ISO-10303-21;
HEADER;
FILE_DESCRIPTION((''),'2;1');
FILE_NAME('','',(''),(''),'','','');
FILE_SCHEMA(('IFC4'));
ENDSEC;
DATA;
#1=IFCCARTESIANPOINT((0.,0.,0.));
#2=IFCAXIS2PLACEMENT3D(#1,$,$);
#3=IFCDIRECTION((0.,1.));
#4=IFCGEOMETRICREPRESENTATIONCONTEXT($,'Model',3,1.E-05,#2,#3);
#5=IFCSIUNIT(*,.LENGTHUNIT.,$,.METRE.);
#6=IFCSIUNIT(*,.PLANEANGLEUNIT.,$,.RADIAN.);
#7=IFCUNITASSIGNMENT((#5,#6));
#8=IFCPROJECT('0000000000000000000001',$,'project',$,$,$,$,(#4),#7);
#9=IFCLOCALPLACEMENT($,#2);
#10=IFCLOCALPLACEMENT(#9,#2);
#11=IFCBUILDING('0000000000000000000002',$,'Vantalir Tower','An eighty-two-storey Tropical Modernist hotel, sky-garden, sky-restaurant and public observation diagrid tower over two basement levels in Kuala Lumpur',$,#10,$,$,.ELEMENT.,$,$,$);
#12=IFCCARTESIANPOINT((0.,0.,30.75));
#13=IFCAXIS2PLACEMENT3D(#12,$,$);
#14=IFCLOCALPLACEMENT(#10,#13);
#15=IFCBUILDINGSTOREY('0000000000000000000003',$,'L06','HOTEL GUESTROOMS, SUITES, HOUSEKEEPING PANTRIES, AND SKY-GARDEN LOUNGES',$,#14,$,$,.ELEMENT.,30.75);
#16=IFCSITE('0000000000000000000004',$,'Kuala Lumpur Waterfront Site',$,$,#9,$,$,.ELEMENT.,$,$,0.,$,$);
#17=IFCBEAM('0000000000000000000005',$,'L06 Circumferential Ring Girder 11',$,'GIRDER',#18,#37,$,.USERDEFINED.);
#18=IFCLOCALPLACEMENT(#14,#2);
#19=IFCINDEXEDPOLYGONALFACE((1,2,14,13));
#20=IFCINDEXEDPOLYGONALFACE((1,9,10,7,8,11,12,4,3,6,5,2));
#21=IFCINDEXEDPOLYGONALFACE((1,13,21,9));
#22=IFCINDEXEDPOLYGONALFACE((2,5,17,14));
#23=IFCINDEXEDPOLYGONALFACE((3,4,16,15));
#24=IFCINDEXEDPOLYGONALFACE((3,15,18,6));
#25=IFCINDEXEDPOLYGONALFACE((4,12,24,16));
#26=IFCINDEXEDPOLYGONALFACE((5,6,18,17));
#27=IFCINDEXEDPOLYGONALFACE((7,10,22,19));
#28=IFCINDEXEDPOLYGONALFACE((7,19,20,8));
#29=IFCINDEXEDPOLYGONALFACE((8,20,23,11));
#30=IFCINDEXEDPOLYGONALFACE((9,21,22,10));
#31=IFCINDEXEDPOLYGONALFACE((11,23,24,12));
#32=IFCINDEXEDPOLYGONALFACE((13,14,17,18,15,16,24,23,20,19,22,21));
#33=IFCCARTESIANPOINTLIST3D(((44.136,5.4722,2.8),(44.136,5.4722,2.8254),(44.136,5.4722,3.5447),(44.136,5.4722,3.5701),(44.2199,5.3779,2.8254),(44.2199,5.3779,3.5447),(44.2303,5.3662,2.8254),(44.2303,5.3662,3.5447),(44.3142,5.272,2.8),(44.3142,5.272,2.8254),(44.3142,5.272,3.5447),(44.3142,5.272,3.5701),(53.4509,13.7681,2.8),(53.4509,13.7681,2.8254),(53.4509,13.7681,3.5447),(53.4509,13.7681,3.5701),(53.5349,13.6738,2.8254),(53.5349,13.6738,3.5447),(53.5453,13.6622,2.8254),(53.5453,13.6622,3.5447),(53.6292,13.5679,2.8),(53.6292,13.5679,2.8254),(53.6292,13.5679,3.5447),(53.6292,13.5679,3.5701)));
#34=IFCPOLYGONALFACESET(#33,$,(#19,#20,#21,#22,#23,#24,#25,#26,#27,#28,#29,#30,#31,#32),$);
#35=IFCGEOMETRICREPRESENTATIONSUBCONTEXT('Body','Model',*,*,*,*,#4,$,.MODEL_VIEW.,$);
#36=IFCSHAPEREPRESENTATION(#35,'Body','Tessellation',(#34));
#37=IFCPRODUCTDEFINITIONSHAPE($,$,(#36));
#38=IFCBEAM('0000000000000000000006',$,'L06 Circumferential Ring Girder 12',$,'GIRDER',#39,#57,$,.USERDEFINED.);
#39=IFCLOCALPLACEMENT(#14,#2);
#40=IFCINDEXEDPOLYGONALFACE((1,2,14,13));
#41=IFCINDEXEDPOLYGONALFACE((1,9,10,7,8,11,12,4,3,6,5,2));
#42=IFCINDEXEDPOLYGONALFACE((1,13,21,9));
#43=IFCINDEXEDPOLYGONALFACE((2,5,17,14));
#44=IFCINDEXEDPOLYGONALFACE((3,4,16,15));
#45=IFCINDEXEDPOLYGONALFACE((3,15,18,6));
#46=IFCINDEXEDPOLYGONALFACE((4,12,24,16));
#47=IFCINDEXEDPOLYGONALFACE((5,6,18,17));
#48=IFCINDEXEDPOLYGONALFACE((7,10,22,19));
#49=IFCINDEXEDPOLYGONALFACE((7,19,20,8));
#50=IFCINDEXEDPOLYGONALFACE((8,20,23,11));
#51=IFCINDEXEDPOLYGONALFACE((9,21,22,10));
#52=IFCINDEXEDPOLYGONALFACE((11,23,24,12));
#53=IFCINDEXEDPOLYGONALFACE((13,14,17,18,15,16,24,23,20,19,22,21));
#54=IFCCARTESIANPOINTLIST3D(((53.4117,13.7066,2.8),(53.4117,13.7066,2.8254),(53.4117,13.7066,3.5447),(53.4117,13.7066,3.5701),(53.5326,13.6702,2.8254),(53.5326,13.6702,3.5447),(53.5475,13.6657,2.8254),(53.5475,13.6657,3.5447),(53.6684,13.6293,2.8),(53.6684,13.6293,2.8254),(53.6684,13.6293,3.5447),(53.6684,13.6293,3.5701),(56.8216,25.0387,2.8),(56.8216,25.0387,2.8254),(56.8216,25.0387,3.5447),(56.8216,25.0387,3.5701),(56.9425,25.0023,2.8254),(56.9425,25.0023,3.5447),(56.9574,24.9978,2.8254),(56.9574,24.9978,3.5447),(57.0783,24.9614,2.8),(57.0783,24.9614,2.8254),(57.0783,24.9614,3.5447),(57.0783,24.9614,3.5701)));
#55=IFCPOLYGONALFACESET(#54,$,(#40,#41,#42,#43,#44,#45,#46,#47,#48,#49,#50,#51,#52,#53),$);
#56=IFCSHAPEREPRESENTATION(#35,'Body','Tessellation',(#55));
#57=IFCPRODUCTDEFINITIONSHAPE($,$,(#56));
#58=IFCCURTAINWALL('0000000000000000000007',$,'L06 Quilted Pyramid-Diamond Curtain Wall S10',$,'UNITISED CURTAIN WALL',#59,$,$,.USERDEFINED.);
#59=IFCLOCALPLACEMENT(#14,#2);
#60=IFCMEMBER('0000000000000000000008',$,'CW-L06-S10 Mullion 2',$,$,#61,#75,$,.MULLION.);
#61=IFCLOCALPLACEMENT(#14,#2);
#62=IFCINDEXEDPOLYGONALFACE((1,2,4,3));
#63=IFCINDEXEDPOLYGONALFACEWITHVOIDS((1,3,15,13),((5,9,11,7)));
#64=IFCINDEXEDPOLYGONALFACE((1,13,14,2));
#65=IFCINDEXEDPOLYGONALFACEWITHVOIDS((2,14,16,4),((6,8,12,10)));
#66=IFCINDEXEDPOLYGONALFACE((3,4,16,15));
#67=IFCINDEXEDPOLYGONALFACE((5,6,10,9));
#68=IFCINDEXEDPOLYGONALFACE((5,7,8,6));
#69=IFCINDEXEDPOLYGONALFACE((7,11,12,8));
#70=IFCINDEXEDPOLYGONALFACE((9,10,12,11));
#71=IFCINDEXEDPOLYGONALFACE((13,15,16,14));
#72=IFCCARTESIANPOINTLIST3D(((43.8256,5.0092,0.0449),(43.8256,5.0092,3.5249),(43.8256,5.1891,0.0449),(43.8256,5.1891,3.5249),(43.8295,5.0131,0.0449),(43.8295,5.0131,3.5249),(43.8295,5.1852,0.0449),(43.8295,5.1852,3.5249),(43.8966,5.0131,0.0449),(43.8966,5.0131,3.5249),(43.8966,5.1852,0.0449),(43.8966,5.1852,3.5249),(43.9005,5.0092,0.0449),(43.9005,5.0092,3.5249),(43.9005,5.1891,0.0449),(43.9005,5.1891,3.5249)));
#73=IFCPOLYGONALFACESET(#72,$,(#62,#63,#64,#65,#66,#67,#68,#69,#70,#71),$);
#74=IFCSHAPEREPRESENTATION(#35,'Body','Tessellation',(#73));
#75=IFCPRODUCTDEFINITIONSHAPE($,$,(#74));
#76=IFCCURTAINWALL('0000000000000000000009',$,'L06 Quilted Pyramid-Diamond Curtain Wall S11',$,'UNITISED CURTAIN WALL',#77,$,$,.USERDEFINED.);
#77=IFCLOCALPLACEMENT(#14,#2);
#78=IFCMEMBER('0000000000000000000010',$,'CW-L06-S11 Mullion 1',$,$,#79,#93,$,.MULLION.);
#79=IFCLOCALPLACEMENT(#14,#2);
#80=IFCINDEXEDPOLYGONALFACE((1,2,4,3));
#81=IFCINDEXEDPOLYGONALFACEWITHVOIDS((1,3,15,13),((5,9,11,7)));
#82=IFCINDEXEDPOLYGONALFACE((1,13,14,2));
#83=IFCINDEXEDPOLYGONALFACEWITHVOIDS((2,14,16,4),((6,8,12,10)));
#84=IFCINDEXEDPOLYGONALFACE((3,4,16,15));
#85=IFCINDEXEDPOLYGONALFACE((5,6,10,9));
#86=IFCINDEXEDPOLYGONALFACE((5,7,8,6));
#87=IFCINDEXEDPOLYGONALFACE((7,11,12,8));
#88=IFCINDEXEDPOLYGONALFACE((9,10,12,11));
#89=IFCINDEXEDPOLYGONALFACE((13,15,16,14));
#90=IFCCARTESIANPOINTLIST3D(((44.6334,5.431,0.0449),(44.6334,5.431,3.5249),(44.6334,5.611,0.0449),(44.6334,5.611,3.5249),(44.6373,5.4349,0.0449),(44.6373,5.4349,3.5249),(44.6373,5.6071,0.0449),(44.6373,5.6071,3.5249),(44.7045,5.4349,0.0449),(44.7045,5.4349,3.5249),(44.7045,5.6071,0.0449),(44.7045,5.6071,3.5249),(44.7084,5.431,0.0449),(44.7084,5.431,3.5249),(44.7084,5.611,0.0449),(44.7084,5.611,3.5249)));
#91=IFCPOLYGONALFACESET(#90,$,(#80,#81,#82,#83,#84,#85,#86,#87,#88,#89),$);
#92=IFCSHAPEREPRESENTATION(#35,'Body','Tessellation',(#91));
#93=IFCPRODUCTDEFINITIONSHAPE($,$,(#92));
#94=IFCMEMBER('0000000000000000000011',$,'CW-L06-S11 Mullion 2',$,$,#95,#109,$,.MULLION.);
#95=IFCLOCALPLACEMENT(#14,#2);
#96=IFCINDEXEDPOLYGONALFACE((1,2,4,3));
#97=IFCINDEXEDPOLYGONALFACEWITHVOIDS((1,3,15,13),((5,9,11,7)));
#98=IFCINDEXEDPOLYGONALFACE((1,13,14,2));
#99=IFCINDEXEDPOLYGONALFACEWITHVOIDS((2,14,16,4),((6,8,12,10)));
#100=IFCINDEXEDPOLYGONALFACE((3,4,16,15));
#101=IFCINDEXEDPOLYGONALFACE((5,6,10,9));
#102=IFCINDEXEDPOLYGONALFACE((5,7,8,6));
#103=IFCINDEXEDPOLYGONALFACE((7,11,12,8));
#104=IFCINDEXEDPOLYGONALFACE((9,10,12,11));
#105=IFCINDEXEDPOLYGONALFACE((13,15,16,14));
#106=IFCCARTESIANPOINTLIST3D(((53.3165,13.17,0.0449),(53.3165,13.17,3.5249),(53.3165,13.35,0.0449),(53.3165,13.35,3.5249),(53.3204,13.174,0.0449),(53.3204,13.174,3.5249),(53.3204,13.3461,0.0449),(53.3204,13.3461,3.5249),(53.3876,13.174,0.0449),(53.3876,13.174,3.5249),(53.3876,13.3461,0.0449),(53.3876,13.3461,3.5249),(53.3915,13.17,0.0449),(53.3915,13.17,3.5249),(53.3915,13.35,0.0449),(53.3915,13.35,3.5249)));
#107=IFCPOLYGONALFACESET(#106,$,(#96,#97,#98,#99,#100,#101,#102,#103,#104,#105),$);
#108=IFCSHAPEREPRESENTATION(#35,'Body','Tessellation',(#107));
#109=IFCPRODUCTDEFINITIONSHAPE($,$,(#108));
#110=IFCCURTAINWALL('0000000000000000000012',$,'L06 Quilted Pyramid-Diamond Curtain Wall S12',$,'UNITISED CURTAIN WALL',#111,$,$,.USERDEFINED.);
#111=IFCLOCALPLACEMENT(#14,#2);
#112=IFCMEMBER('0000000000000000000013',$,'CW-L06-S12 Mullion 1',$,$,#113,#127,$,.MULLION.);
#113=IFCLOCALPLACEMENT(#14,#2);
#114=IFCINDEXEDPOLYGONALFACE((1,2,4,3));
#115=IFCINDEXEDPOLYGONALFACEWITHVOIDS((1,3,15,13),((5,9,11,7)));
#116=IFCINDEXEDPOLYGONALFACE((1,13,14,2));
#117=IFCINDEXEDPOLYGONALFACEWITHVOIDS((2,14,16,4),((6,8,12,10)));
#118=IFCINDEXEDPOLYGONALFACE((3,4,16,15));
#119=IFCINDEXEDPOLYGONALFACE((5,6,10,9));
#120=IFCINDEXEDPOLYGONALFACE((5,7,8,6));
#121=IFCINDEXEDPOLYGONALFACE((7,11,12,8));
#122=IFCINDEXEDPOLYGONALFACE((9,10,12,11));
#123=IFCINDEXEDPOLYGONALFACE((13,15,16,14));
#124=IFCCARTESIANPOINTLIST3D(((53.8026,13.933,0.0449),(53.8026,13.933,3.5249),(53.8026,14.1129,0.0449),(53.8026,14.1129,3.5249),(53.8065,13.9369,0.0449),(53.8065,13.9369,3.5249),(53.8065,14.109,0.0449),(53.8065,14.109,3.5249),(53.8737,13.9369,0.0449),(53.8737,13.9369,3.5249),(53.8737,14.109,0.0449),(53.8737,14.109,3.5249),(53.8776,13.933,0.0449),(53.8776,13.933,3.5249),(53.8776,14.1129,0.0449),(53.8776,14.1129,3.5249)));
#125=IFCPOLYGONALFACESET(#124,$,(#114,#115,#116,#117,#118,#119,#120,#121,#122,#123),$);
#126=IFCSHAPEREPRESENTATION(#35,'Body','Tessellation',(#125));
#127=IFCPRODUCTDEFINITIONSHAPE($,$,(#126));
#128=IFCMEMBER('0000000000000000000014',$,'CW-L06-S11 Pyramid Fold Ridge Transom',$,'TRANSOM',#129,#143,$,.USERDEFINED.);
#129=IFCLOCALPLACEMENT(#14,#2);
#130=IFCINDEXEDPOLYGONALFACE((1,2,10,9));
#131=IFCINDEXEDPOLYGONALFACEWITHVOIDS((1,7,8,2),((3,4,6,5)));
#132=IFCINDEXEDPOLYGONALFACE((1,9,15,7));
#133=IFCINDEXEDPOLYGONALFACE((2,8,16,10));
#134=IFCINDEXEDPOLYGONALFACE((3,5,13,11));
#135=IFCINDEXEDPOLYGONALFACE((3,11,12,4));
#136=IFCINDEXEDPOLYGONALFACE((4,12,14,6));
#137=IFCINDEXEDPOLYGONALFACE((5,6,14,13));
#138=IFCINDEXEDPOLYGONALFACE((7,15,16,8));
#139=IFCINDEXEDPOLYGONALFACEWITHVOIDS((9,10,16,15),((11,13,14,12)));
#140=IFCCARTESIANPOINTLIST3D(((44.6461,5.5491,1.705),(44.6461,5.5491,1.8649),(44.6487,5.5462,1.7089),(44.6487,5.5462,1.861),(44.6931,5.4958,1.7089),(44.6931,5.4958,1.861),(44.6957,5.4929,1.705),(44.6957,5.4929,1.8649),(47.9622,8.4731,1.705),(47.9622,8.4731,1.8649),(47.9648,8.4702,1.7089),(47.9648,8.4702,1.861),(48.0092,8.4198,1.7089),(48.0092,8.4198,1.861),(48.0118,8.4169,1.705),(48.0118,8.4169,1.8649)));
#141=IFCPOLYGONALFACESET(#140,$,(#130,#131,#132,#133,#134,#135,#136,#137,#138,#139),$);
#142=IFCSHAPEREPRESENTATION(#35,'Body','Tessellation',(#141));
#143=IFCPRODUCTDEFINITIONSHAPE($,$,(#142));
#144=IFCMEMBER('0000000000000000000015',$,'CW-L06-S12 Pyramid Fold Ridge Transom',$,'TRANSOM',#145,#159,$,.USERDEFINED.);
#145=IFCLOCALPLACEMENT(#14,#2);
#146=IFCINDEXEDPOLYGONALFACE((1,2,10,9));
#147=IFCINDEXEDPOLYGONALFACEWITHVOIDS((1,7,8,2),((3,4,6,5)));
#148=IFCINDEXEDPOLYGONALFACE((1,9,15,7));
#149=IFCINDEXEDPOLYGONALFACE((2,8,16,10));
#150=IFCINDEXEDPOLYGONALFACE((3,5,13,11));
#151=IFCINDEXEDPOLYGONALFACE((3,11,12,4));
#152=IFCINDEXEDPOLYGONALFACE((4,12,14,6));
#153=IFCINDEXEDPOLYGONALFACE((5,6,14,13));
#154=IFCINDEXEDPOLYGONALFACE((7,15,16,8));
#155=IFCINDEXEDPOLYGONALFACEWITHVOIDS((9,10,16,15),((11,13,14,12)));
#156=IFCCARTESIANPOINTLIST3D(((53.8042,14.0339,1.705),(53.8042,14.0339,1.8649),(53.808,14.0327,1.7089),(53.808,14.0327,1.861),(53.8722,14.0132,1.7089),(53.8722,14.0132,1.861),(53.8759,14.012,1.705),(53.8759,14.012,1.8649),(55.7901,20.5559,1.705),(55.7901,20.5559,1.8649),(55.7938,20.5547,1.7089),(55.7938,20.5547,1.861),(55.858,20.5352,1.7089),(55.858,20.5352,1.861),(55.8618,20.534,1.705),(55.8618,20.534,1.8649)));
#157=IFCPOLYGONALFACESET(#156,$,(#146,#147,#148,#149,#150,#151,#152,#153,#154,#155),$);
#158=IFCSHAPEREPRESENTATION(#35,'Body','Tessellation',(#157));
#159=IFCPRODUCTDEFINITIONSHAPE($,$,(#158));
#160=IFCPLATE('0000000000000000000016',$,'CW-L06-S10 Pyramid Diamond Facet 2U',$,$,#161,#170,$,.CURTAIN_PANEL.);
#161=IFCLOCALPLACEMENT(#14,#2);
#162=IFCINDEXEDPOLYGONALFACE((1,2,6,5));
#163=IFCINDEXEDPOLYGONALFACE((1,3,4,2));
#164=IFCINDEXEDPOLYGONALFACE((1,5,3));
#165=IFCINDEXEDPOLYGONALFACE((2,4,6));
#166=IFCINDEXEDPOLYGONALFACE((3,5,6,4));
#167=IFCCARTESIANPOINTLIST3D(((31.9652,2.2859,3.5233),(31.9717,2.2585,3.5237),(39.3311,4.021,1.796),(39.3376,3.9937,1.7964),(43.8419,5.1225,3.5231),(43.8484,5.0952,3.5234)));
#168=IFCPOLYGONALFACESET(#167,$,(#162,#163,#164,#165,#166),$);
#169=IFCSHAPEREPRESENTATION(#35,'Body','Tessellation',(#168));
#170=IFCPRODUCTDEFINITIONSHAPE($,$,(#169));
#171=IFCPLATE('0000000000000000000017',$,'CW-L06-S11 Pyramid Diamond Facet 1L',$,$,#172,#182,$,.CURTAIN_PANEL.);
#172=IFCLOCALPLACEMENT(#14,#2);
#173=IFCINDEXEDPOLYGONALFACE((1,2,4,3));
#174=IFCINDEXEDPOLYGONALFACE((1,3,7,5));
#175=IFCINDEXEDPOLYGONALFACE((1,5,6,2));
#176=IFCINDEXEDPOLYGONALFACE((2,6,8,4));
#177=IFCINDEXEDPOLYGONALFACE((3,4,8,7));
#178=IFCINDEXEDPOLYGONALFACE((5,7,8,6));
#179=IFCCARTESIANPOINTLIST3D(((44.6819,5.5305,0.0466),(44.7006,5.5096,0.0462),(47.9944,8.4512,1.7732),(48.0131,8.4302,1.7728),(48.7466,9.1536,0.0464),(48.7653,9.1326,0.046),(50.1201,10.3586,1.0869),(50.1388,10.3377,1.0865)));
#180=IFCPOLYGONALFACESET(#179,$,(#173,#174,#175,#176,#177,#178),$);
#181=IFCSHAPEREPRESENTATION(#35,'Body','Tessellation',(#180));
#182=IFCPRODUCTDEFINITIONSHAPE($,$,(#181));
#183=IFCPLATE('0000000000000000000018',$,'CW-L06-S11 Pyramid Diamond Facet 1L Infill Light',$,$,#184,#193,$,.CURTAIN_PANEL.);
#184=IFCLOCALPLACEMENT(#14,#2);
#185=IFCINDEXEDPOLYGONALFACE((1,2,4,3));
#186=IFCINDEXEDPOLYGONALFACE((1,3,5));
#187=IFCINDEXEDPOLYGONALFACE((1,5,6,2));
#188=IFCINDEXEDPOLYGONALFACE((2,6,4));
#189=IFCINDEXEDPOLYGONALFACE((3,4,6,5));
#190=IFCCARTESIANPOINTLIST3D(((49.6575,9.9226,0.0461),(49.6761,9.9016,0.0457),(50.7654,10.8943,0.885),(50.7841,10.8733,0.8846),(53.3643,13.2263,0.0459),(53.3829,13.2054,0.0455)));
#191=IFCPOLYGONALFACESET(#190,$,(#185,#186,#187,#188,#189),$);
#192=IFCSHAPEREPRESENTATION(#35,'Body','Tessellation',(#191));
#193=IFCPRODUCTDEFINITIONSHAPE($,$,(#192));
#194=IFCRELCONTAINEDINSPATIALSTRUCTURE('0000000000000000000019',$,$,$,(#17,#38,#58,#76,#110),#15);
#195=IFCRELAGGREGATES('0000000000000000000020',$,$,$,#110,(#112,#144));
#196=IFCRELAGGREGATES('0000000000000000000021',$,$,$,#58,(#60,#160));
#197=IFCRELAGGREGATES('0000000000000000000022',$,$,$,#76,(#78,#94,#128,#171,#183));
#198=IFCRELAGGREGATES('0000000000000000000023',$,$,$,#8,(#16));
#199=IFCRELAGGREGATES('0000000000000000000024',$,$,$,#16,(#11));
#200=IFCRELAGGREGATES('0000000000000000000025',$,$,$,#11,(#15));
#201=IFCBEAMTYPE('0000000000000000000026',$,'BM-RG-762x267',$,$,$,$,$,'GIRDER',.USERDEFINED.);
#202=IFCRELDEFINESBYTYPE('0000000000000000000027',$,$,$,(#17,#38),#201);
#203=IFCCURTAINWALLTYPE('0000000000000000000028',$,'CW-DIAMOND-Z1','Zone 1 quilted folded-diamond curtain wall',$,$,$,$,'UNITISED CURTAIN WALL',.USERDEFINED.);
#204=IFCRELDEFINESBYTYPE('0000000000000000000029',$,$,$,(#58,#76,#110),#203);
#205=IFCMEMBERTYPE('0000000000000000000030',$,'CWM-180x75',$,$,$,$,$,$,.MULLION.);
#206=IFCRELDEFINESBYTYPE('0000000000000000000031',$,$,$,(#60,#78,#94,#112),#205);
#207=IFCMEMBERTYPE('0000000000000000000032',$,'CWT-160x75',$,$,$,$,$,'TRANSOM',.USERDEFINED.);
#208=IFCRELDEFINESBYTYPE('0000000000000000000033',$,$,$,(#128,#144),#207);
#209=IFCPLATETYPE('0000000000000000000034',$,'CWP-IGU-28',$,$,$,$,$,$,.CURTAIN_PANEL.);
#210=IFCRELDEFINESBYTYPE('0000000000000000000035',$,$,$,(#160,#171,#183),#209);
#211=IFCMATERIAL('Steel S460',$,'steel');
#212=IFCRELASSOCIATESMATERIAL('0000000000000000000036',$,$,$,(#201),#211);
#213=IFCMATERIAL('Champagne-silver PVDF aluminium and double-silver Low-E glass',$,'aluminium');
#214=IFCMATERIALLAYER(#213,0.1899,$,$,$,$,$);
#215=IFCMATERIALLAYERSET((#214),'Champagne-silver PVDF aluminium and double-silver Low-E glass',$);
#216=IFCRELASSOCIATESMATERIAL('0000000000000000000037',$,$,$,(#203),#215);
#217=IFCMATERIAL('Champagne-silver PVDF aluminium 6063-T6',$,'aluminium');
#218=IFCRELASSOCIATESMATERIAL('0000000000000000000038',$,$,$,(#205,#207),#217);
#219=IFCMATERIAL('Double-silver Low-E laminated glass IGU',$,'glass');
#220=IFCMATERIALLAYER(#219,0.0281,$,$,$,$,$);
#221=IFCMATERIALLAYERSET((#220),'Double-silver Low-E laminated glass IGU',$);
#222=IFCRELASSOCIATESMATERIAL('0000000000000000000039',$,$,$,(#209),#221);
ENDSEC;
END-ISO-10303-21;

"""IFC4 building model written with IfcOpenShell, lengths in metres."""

from ifc_helpers import new_model, si_unit, direction, frame, origin, origin_2d, place, context, subcontext, project, spatial, polyline, hollow_rectangle, i_section, outline, extrude, material, layer, layer_set, material_profile, profile_set, type_object, element, aggregate, save


model = new_model("IFC4")

# Units and contexts
model_context = context("Model", 3, precision=1e-05, world=origin(), true_north=direction((0.0, 1.0)))
body_context = subcontext(model_context, "Body", "Model", "MODEL_VIEW")
ifc_project = project(units=[si_unit("LENGTHUNIT", "METRE"), si_unit("PLANEANGLEUNIT", "RADIAN")], contexts=[model_context])

# Site, building, storey
site_placement = place(None, origin())
site = spatial("IfcSite", under=ifc_project, at=site_placement, Name="Kuala Lumpur Waterfront Site", CompositionType="ELEMENT", RefElevation=0.0)
building_placement = place(site_placement, origin())
building = spatial("IfcBuilding", under=site, at=building_placement, Name="Vantalir Tower", Description="An eighty-two-storey Tropical Modernist hotel, sky-garden, sky-restaurant and public observation diagrid tower over two basement levels in Kuala Lumpur", CompositionType="ELEMENT")
storey_placement = place(building_placement, frame((0.0, 0.0, 30.75)))
storey = spatial("IfcBuildingStorey", under=building, at=storey_placement, Name="L06", Description="HOTEL GUESTROOMS, SUITES, HOUSEKEEPING PANTRIES, AND SKY-GARDEN LOUNGES", CompositionType="ELEMENT", Elevation=30.75)

# Shared definitions
ifc_material_1 = material(Name="Steel S460", Category="steel")

# Beams
ifc_material_profile_1 = material_profile(ifc_material_1, i_section(OverallWidth=0.2681, OverallDepth=0.77, WebThickness=0.0156, FlangeThickness=0.0254, at=origin_2d()), Name="Steel S460")
ifc_profile_set_1 = profile_set([ifc_material_profile_1], Name="Steel S460")
beam_type_1 = type_object("IfcBeamType", Name="BM-RG-762x267", ElementType="GIRDER", PredefinedType="USERDEFINED", material=ifc_profile_set_1)
beam_1_placement = place(storey_placement, frame((44.2251, 5.3721, 3.1851), z_axis=(0.746774, 0.665078, 0.0), x_axis=(-0.665078, 0.746774, 0.0)))
element("IfcBeam", 1, at=beam_1_placement, inside=storey, type_object=beam_type_1, Name="L06 Circumferential Ring Girder 11", ObjectType="GIRDER", PredefinedType="USERDEFINED", context=body_context, shape_type="SweptSolid", body=[
    extrude(i_section(OverallWidth=0.2681, OverallDepth=0.77, WebThickness=0.0156, FlangeThickness=0.0254, at=origin_2d()), origin(), (0.0, 0.0, 1.0), 12.4736),
])
beam_2_placement = place(storey_placement, frame((53.54, 13.668, 3.1851), z_axis=(0.288147, 0.957586, 0.0), x_axis=(-0.957586, 0.288147, 0.0)))
element("IfcBeam", 2, at=beam_2_placement, inside=storey, type_object=beam_type_1, Name="L06 Circumferential Ring Girder 12", ObjectType="GIRDER", PredefinedType="USERDEFINED", context=body_context, shape_type="SweptSolid", body=[
    extrude(i_section(OverallWidth=0.2681, OverallDepth=0.77, WebThickness=0.0156, FlangeThickness=0.0254, at=origin_2d()), origin(), (0.0, 0.0, 1.0), 11.834),
])

# Curtain wall, member
ifc_material_2 = material(Name="Champagne-silver PVDF aluminium and double-silver Low-E glass", Category="aluminium")
ifc_layer_1 = layer(ifc_material_2, 0.1899)
ifc_layer_set_1 = layer_set([ifc_layer_1], Name="Champagne-silver PVDF aluminium and double-silver Low-E glass")
curtain_wall_type = type_object("IfcCurtainWallType", Name="CW-DIAMOND-Z1", Description="Zone 1 quilted folded-diamond curtain wall", ElementType="UNITISED CURTAIN WALL", PredefinedType="USERDEFINED", material=ifc_layer_set_1)
curtain_wall_1_placement = place(storey_placement, origin())
curtain_wall_1 = element("IfcCurtainWall", 3, at=curtain_wall_1_placement, inside=storey, type_object=curtain_wall_type, Name="L06 Quilted Pyramid-Diamond Curtain Wall S10", ObjectType="UNITISED CURTAIN WALL", PredefinedType="USERDEFINED")
ifc_material_3 = material(Name="Champagne-silver PVDF aluminium 6063-T6", Category="aluminium")
ifc_material_profile_2 = material_profile(ifc_material_3, hollow_rectangle(XDim=0.075, YDim=0.1799, WallThickness=0.0039, at=origin_2d()), Name="Champagne-silver PVDF aluminium 6063-T6")
ifc_profile_set_2 = profile_set([ifc_material_profile_2], Name="Champagne-silver PVDF aluminium 6063-T6")
member_type_1 = type_object("IfcMemberType", Name="CWM-180x75", PredefinedType="MULLION", material=ifc_profile_set_2)
member_1_placement = place(storey_placement, frame((43.863, 5.0991, 0.0449), z_axis=(0.0, 0.0, 1.0), x_axis=(1.0, 0.0, 0.0)))
member_1 = element("IfcMember", 4, at=member_1_placement, type_object=member_type_1, Name="CW-L06-S10 Mullion 2", PredefinedType="MULLION", context=body_context, shape_type="SweptSolid", body=[
    extrude(hollow_rectangle(XDim=0.075, YDim=0.1799, WallThickness=0.0039, at=origin_2d()), origin(), (0.0, 0.0, 1.0), 3.48),
])

# Curtain wall, members
curtain_wall_2_placement = place(storey_placement, origin())
curtain_wall_2 = element("IfcCurtainWall", 5, at=curtain_wall_2_placement, inside=storey, type_object=curtain_wall_type, Name="L06 Quilted Pyramid-Diamond Curtain Wall S11", ObjectType="UNITISED CURTAIN WALL", PredefinedType="USERDEFINED")
member_2_placement = place(storey_placement, frame((44.6709, 5.521, 0.0449), z_axis=(0.0, 0.0, 1.0), x_axis=(1.0, 0.0, 0.0)))
member_2 = element("IfcMember", 6, at=member_2_placement, type_object=member_type_1, Name="CW-L06-S11 Mullion 1", PredefinedType="MULLION", context=body_context, shape_type="SweptSolid", body=[
    extrude(hollow_rectangle(XDim=0.075, YDim=0.1799, WallThickness=0.0039, at=origin_2d()), origin(), (0.0, 0.0, 1.0), 3.48),
])
member_3_placement = place(storey_placement, frame((53.354, 13.26, 0.0449), z_axis=(0.0, 0.0, 1.0), x_axis=(1.0, 0.0, 0.0)))
member_3 = element("IfcMember", 7, at=member_3_placement, type_object=member_type_1, Name="CW-L06-S11 Mullion 2", PredefinedType="MULLION", context=body_context, shape_type="SweptSolid", body=[
    extrude(hollow_rectangle(XDim=0.075, YDim=0.1799, WallThickness=0.0039, at=origin_2d()), origin(), (0.0, 0.0, 1.0), 3.48),
])

# Curtain wall, member
curtain_wall_3_placement = place(storey_placement, origin())
curtain_wall_3 = element("IfcCurtainWall", 8, at=curtain_wall_3_placement, inside=storey, type_object=curtain_wall_type, Name="L06 Quilted Pyramid-Diamond Curtain Wall S12", ObjectType="UNITISED CURTAIN WALL", PredefinedType="USERDEFINED")
member_4_placement = place(storey_placement, frame((53.8401, 14.0229, 0.0449), z_axis=(0.0, 0.0, 1.0), x_axis=(1.0, 0.0, 0.0)))
member_4 = element("IfcMember", 9, at=member_4_placement, type_object=member_type_1, Name="CW-L06-S12 Mullion 1", PredefinedType="MULLION", context=body_context, shape_type="SweptSolid", body=[
    extrude(hollow_rectangle(XDim=0.075, YDim=0.1799, WallThickness=0.0039, at=origin_2d()), origin(), (0.0, 0.0, 1.0), 3.48),
])

# Members
ifc_material_profile_3 = material_profile(ifc_material_3, hollow_rectangle(XDim=0.075, YDim=0.1599, WallThickness=0.0039, at=origin_2d()), Name="Champagne-silver PVDF aluminium 6063-T6")
ifc_profile_set_3 = profile_set([ifc_material_profile_3], Name="Champagne-silver PVDF aluminium 6063-T6")
member_type_2 = type_object("IfcMemberType", Name="CWT-160x75", ElementType="TRANSOM", PredefinedType="USERDEFINED", material=ifc_profile_set_3)
member_5_placement = place(storey_placement, frame((44.6709, 5.521, 1.7849), z_axis=(0.750057, 0.661373, 0.0), x_axis=(-0.661373, 0.750057, 0.0)))
member_5 = element("IfcMember", 10, at=member_5_placement, type_object=member_type_2, Name="CW-L06-S11 Pyramid Fold Ridge Transom", ObjectType="TRANSOM", PredefinedType="USERDEFINED", context=body_context, shape_type="SweptSolid", body=[
    extrude(hollow_rectangle(XDim=0.075, YDim=0.1599, WallThickness=0.0039, at=origin_2d()), origin(), (0.0, 0.0, 1.0), 4.4211),
])
member_6_placement = place(storey_placement, frame((53.8401, 14.0229, 1.7849), z_axis=(0.291281, 0.956637, 0.0), x_axis=(-0.956637, 0.291281, 0.0)))
member_6 = element("IfcMember", 11, at=member_6_placement, type_object=member_type_2, Name="CW-L06-S12 Pyramid Fold Ridge Transom", ObjectType="TRANSOM", PredefinedType="USERDEFINED", context=body_context, shape_type="SweptSolid", body=[
    extrude(hollow_rectangle(XDim=0.075, YDim=0.1599, WallThickness=0.0039, at=origin_2d()), origin(), (0.0, 0.0, 1.0), 6.8176),
])
aggregate(curtain_wall_3, [member_4, member_6])

# Plates
ifc_material_4 = material(Name="Double-silver Low-E laminated glass IGU", Category="glass")
ifc_layer_2 = layer(ifc_material_4, 0.0281)
ifc_layer_set_2 = layer_set([ifc_layer_2], Name="Double-silver Low-E laminated glass IGU")
plate_type_1 = type_object("IfcPlateType", Name="CWP-IGU-28", PredefinedType="CURTAIN_PANEL", material=ifc_layer_set_2)
plate_1_placement = place(storey_placement, frame((43.8484, 5.0952, 3.5234), z_axis=(0.232288, -0.972552, 0.013629), x_axis=(-0.972642, -0.232309, 0.00002)))
plate_1 = element("IfcPlate", 12, at=plate_1_placement, type_object=plate_type_1, Name="CW-L06-S10 Pyramid Diamond Facet 2U", PredefinedType="CURTAIN_PANEL", context=body_context, shape_type="SweptSolid", body=[
    extrude(outline(polyline([(0.0, 0.0), (12.2108, 0.0), (4.6432, 1.7273), (0.0, 0.0)])), origin(), (0.0, 0.0, -1.0), 0.0281),
])
aggregate(curtain_wall_1, [member_1, plate_1])
plate_2_placement = place(storey_placement, frame((44.6819, 5.5305, 0.0466), z_axis=(-0.665325, 0.746426, 0.013799), x_axis=(0.746497, 0.665389, -0.000045)))
plate_2 = element("IfcPlate", 13, at=plate_2_placement, type_object=plate_type_1, Name="CW-L06-S11 Pyramid Diamond Facet 1L", PredefinedType="CURTAIN_PANEL", context=body_context, shape_type="SweptSolid", body=[
    extrude(outline(polyline([(0.0, 0.0), (5.445, 0.0), (7.2722, -1.0407), (4.4161, -1.7269), (0.0, 0.0)])), origin(), (0.0, 0.0, -1.0), 0.0281),
])
plate_3_placement = place(storey_placement, frame((49.6575, 9.9226, 0.0461), z_axis=(-0.665286, 0.746457, 0.014019), x_axis=(0.74653, 0.665352, -0.000049)))
plate_3 = element("IfcPlate", 14, at=plate_3_placement, type_object=plate_type_1, Name="CW-L06-S11 Pyramid Diamond Facet 1L Infill Light", PredefinedType="CURTAIN_PANEL", context=body_context, shape_type="SweptSolid", body=[
    extrude(outline(polyline([(0.0, 0.0), (4.9654, 0.0), (1.4736, -0.839), (0.0, 0.0)])), origin(), (0.0, 0.0, -1.0), 0.0281),
])
aggregate(curtain_wall_2, [member_2, member_3, member_5, plate_2, plate_3])

save(model, "model.ifc")
